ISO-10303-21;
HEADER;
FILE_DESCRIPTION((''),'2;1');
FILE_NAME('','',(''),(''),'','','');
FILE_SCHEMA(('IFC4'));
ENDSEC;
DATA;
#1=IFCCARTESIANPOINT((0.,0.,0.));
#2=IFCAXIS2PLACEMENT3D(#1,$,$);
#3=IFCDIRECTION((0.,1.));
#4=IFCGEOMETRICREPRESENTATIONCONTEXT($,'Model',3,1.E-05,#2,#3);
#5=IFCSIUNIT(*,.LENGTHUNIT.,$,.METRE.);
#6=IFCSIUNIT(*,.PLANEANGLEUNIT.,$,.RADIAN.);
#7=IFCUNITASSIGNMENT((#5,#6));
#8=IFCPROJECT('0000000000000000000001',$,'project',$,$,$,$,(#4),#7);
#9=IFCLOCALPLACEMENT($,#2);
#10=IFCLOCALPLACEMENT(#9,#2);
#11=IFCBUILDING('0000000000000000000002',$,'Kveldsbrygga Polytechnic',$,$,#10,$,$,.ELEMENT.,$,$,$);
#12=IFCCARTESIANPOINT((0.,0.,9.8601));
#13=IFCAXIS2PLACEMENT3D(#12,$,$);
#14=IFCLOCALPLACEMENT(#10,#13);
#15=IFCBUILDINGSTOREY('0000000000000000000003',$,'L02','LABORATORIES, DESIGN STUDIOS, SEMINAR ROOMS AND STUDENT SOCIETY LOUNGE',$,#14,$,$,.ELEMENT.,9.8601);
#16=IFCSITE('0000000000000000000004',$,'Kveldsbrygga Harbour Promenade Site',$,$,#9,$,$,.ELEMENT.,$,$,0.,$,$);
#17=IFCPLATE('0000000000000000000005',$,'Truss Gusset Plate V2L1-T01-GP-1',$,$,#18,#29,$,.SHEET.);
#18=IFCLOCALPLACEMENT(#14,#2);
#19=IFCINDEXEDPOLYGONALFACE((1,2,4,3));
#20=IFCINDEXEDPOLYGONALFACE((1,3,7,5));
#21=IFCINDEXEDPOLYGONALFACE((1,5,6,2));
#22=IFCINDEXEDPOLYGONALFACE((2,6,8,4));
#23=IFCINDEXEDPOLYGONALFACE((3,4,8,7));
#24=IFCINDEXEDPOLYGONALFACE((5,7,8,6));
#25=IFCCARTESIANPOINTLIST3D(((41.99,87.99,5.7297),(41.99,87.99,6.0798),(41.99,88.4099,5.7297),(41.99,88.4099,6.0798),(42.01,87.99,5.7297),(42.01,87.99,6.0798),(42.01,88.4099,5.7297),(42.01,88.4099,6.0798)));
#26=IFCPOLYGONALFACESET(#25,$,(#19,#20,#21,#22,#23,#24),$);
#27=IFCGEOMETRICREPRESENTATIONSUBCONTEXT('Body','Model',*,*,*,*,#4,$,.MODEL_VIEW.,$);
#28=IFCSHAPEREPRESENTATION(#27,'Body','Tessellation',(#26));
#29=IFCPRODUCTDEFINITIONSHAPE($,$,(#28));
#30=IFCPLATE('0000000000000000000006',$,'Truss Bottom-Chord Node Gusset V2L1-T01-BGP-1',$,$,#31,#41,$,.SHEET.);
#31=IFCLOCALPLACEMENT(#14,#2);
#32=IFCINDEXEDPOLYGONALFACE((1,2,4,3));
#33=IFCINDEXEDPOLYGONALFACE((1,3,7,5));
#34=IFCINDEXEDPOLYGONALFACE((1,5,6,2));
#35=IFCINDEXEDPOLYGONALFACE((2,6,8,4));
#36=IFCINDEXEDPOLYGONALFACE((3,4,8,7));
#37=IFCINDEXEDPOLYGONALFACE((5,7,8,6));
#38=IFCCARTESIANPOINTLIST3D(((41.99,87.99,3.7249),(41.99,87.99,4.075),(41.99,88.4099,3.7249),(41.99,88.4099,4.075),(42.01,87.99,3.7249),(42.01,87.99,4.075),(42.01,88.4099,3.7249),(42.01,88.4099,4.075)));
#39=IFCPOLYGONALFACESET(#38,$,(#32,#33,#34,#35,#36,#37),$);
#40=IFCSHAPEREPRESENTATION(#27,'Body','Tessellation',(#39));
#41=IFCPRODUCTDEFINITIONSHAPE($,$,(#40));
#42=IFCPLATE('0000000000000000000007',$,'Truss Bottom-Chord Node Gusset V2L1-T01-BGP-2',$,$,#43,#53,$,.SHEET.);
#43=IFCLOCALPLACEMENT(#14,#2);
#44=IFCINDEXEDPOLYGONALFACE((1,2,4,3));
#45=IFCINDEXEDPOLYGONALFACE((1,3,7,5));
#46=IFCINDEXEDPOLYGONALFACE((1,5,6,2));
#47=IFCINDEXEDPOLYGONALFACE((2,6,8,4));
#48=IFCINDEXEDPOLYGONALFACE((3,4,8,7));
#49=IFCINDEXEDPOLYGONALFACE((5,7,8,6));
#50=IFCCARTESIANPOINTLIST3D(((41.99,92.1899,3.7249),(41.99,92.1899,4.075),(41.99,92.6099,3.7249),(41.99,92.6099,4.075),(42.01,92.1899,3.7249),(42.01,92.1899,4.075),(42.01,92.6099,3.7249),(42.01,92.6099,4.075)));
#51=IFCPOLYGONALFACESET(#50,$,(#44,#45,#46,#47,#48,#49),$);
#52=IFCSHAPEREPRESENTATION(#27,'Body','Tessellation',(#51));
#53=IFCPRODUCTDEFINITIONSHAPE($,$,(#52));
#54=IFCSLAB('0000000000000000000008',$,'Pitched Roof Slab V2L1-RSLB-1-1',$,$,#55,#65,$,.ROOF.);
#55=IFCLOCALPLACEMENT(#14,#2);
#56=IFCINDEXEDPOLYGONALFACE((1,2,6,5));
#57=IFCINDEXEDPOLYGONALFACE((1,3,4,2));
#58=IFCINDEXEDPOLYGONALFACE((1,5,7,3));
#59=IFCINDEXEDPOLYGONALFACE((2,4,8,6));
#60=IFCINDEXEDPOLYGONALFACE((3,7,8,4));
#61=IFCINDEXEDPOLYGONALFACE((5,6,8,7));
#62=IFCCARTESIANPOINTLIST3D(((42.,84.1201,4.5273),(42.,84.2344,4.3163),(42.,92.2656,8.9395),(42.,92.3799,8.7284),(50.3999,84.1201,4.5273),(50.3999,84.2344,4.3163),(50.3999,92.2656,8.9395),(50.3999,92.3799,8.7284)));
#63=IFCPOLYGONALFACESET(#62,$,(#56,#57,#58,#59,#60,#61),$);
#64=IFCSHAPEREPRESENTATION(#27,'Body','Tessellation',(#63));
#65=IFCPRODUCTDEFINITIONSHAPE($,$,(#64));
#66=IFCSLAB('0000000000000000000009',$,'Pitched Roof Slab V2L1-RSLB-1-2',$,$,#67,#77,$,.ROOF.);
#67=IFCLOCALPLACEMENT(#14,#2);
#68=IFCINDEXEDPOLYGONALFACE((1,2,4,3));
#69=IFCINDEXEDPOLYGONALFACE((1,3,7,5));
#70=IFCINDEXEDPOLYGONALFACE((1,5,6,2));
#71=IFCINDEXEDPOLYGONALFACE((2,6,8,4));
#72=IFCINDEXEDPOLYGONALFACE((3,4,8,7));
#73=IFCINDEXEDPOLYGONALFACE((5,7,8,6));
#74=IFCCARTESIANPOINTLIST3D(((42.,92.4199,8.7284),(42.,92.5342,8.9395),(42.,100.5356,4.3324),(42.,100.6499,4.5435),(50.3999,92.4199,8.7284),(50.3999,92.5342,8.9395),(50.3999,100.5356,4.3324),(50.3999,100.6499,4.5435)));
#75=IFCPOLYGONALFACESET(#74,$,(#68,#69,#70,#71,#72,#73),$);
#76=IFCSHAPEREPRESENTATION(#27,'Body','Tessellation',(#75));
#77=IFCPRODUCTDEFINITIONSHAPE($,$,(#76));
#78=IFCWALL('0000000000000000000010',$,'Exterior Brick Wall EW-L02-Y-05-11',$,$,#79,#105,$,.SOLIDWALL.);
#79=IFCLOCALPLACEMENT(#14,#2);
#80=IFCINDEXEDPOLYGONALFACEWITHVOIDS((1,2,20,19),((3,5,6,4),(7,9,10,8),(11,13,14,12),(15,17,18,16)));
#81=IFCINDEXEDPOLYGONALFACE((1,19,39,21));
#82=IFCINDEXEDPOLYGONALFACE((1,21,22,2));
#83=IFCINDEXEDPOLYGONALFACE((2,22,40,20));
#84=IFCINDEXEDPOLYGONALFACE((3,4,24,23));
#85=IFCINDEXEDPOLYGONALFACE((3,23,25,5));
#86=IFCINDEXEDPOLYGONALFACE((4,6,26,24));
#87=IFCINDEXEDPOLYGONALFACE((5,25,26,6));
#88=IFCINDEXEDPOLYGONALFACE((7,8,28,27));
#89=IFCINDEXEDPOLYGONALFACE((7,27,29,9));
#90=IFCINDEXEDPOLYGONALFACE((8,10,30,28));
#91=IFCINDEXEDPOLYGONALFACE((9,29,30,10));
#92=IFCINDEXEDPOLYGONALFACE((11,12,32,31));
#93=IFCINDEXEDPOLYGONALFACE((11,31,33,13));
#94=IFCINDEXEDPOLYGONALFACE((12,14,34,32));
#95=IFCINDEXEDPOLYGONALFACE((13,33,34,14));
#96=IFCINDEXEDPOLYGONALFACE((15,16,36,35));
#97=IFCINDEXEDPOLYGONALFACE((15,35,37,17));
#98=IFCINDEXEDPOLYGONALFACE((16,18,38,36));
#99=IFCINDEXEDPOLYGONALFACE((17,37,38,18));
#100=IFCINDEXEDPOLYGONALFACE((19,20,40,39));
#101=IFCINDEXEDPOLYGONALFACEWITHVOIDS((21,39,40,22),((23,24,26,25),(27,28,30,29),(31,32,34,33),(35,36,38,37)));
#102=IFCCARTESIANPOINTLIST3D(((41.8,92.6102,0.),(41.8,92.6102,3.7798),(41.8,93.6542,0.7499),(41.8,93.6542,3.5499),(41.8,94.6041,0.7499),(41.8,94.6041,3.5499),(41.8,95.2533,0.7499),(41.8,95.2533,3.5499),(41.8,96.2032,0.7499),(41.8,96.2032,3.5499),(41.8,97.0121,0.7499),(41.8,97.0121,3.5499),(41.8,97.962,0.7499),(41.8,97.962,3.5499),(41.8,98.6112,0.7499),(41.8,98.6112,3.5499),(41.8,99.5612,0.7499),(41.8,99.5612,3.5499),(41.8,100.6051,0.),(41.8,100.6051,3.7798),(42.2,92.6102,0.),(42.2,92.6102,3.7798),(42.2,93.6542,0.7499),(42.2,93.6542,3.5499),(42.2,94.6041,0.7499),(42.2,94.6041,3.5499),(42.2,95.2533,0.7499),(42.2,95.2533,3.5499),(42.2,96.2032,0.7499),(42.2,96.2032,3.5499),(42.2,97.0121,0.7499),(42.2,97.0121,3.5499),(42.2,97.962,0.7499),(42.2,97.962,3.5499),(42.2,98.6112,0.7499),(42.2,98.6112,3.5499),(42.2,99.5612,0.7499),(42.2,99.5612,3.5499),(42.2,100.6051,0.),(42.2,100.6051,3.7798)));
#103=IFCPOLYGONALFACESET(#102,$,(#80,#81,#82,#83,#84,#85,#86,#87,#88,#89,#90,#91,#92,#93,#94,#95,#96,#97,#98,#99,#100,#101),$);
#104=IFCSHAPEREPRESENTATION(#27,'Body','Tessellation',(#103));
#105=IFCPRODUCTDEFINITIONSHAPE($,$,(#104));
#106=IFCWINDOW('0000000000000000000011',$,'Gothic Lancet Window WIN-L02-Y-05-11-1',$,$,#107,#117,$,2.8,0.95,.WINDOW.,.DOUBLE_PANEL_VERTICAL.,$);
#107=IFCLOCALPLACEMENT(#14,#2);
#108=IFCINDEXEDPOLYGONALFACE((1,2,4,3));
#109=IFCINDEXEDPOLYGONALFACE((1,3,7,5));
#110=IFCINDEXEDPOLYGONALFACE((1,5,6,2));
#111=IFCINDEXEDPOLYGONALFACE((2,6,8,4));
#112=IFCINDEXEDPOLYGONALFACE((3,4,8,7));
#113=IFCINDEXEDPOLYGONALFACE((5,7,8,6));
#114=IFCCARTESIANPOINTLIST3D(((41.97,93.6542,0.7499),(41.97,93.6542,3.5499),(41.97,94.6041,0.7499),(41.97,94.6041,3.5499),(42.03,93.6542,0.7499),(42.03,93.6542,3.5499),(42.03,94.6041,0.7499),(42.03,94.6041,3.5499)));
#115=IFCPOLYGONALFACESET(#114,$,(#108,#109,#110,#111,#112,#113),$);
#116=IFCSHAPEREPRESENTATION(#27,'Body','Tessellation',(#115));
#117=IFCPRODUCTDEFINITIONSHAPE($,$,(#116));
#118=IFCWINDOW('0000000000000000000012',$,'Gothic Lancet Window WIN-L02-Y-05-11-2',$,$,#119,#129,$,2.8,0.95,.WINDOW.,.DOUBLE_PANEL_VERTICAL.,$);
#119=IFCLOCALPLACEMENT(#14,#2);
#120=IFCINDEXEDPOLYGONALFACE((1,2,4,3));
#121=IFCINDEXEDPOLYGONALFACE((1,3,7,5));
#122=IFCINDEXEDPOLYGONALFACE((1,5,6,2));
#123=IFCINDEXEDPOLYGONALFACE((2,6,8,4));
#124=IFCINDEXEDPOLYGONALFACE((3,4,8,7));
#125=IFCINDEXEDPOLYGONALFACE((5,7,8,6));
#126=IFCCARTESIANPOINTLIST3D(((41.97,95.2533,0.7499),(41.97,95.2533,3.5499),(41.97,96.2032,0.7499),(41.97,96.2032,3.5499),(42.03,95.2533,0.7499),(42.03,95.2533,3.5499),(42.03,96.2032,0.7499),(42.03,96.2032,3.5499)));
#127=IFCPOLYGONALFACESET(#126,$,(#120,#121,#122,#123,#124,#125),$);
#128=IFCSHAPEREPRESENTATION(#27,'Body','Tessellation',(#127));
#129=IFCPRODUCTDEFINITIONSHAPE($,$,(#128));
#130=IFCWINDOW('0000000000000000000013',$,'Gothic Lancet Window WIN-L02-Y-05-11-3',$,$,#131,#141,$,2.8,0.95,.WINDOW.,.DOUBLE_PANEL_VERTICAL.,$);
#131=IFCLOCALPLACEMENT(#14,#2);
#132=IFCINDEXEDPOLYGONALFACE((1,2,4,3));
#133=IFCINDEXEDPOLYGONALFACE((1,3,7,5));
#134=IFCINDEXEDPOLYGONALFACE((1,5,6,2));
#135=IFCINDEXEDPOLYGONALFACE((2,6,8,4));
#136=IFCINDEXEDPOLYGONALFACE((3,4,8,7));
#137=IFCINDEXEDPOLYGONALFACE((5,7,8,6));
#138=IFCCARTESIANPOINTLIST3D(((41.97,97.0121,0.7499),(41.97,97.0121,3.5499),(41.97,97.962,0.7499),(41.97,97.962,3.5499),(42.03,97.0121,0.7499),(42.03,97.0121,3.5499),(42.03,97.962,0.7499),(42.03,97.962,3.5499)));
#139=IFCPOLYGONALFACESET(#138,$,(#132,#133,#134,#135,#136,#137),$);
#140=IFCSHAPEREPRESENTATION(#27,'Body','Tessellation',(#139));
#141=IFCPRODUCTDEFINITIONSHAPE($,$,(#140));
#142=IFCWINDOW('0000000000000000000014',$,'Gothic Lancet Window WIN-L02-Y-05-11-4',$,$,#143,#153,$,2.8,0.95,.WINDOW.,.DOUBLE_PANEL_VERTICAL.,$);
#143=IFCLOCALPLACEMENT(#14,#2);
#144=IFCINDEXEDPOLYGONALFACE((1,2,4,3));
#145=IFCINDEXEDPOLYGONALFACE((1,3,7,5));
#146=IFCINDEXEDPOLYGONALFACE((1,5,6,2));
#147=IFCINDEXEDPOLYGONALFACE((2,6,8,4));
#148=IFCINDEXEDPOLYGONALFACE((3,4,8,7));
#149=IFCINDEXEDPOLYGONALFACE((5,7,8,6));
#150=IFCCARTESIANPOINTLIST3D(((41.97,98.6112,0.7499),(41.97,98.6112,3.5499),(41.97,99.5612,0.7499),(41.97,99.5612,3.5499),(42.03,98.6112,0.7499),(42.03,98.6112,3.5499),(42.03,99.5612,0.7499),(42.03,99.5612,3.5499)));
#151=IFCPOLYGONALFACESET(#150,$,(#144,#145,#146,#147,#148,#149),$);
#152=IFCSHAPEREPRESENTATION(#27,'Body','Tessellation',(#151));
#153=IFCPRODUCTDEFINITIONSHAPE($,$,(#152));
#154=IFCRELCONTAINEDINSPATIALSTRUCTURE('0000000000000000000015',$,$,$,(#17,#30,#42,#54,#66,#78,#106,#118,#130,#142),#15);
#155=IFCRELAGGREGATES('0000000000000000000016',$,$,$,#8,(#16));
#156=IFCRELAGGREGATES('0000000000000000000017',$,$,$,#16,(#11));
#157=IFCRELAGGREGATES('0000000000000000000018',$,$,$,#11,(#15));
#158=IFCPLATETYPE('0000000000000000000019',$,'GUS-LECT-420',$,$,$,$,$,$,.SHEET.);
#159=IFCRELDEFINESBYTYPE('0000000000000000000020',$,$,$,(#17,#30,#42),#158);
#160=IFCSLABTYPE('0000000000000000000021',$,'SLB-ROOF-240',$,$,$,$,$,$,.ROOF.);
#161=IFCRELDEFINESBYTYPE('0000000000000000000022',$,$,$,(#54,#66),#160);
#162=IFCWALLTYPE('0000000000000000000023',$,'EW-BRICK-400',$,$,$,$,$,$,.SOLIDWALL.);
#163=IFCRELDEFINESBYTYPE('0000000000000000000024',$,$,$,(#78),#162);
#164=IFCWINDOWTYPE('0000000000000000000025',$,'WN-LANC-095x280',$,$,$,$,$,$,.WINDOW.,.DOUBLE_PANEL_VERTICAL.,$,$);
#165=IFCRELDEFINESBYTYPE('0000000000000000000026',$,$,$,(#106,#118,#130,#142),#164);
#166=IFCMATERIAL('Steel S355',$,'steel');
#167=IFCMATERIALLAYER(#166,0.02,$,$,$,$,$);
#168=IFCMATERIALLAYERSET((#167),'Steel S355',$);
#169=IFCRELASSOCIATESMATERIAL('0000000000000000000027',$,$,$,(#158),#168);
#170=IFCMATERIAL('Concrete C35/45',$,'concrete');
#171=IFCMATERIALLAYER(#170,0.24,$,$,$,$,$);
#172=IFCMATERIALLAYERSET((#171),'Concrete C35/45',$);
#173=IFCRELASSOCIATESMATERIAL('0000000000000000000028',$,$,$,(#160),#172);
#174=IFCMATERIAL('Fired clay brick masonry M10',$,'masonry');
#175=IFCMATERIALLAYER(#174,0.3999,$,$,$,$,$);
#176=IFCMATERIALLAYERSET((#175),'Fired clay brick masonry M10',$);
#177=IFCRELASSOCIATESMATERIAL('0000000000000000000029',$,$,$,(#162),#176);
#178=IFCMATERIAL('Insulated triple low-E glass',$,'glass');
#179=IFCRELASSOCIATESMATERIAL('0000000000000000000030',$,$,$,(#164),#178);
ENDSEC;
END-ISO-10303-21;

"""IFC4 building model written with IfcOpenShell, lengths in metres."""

from ifc_helpers import new_model, si_unit, direction, frame, frame_2d, origin, origin_2d, place, context, subcontext, project, spatial, polyline, rectangle, outline, extrude, material, layer, layer_set, type_object, element, fill, save


model = new_model("IFC4")

# Units and contexts
model_context = context("Model", 3, precision=1e-05, world=origin(), true_north=direction((0.0, 1.0)))
body_context = subcontext(model_context, "Body", "Model", "MODEL_VIEW")
ifc_project = project(units=[si_unit("LENGTHUNIT", "METRE"), si_unit("PLANEANGLEUNIT", "RADIAN")], contexts=[model_context])

# Site, building, storey
site_placement = place(None, origin())
site = spatial("IfcSite", under=ifc_project, at=site_placement, Name="Kveldsbrygga Harbour Promenade Site", CompositionType="ELEMENT", RefElevation=0.0)
building_placement = place(site_placement, origin())
building = spatial("IfcBuilding", under=site, at=building_placement, Name="Kveldsbrygga Polytechnic", CompositionType="ELEMENT")
storey_placement = place(building_placement, frame((0.0, 0.0, 9.8601)))
storey = spatial("IfcBuildingStorey", under=building, at=storey_placement, Name="L02", Description="LABORATORIES, DESIGN STUDIOS, SEMINAR ROOMS AND STUDENT SOCIETY LOUNGE", CompositionType="ELEMENT", Elevation=9.8601)

# Shared definitions
ifc_material_1 = material(Name="Steel S355", Category="steel")

# Plates
ifc_layer_1 = layer(ifc_material_1, 0.02)
ifc_layer_set_1 = layer_set([ifc_layer_1], Name="Steel S355")
plate_type_1 = type_object("IfcPlateType", Name="GUS-LECT-420", PredefinedType="SHEET", material=ifc_layer_set_1)
for number, where, z_axis, x_axis, name in (
    (1, (42.0, 88.2, 5.7297), (0.0, 0.0, 1.0), (1.0, 0.0, 0.0), "Truss Gusset Plate V2L1-T01-GP-1"),
    (2, (42.0, 88.2, 3.7249), (0.0, 0.0, 1.0), (1.0, 0.0, 0.0), "Truss Bottom-Chord Node Gusset V2L1-T01-BGP-1"),
    (3, (42.0, 92.3999, 3.7249), (0.0, 0.0, 1.0), (1.0, 0.0, 0.0), "Truss Bottom-Chord Node Gusset V2L1-T01-BGP-2"),
):
    element("IfcPlate", number, at=place(storey_placement, frame(where, z_axis=z_axis, x_axis=x_axis)), inside=storey, type_object=plate_type_1, Name=name, PredefinedType="SHEET", context=body_context, shape_type="SweptSolid", body=[
        extrude(rectangle(XDim=0.02, YDim=0.4199, at=origin_2d()), origin(), (0.0, 0.0, 1.0), 0.3501),
    ])

# Slabs
ifc_material_2 = material(Name="Concrete C35/45", Category="concrete")
ifc_layer_2 = layer(ifc_material_2, 0.24)
ifc_layer_set_2 = layer_set([ifc_layer_2], Name="Concrete C35/45")
slab_type = type_object("IfcSlabType", Name="SLB-ROOF-240", PredefinedType="ROOF", material=ifc_layer_set_2)
slab_1_placement = place(storey_placement, frame((42.0, 84.1201, 4.5273), z_axis=(0.0, -0.47628, 0.879294), x_axis=(1.0, 0.0, 0.0)))
element("IfcSlab", 4, at=slab_1_placement, inside=storey, type_object=slab_type, Name="Pitched Roof Slab V2L1-RSLB-1-1", PredefinedType="ROOF", context=body_context, shape_type="SweptSolid", body=[
    extrude(outline(polyline([(0.0, 0.0), (8.3999, 0.0), (8.3999, 9.2637), (0.0, 9.2637), (0.0, 0.0)])), origin(), (0.0, 0.0, -1.0), 0.24),
])
slab_2_placement = place(storey_placement, frame((42.0, 92.5342, 8.9395), z_axis=(0.0, 0.476281, 0.879293), x_axis=(1.0, 0.0, 0.0)))
element("IfcSlab", 5, at=slab_2_placement, inside=storey, type_object=slab_type, Name="Pitched Roof Slab V2L1-RSLB-1-2", PredefinedType="ROOF", context=body_context, shape_type="SweptSolid", body=[
    extrude(outline(polyline([(0.0, 0.0), (8.3999, 0.0), (8.3999, 9.2298), (0.0, 9.2298), (0.0, 0.0)])), origin(), (0.0, 0.0, -1.0), 0.24),
])

# Wall, openings, windows
ifc_material_3 = material(Name="Fired clay brick masonry M10", Category="masonry")
ifc_layer_3 = layer(ifc_material_3, 0.3999)
ifc_layer_set_3 = layer_set([ifc_layer_3], Name="Fired clay brick masonry M10")
wall_type = type_object("IfcWallType", Name="EW-BRICK-400", PredefinedType="SOLIDWALL", material=ifc_layer_set_3)
wall_placement = place(storey_placement, frame((42.0, 92.6101, 0.0), z_axis=(0.0, 0.0, 1.0), x_axis=(0.0, 1.0, 0.0)))
wall = element("IfcWall", 6, at=wall_placement, inside=storey, type_object=wall_type, Name="Exterior Brick Wall EW-L02-Y-05-11", PredefinedType="SOLIDWALL", context=body_context, shape_type="SweptSolid", body=[
    extrude(rectangle(XDim=7.9949, YDim=0.3999, at=frame_2d((3.9976, 0.0))), origin(), (0.0, 0.0, 1.0), 3.7798),
])
opening_1_placement = place(wall_placement, frame((1.0439, 0.0, 0.75)))
opening_1 = element("IfcOpeningElement", 7, at=opening_1_placement, cuts=wall, PredefinedType="OPENING", context=body_context, shape_type="SweptSolid", body=[
    extrude(rectangle(XDim=0.95, YDim=2.8, at=frame_2d((0.4751, 1.3999))), frame((0.0, 0.21, 0.0), z_axis=(0.0, -1.0, 0.0), x_axis=(1.0, 0.0, 0.0)), (0.0, 0.0, 1.0), 0.4199),
])
opening_2_placement = place(wall_placement, frame((2.6431, 0.0, 0.75)))
opening_2 = element("IfcOpeningElement", 8, at=opening_2_placement, cuts=wall, PredefinedType="OPENING", context=body_context, shape_type="SweptSolid", body=[
    extrude(rectangle(XDim=0.95, YDim=2.8, at=frame_2d((0.4751, 1.3999))), frame((0.0, 0.21, 0.0), z_axis=(0.0, -1.0, 0.0), x_axis=(1.0, 0.0, 0.0)), (0.0, 0.0, 1.0), 0.4199),
])
opening_3_placement = place(wall_placement, frame((4.4019, 0.0, 0.75)))
opening_3 = element("IfcOpeningElement", 9, at=opening_3_placement, cuts=wall, PredefinedType="OPENING", context=body_context, shape_type="SweptSolid", body=[
    extrude(rectangle(XDim=0.95, YDim=2.8, at=frame_2d((0.4751, 1.3999))), frame((0.0, 0.21, 0.0), z_axis=(0.0, -1.0, 0.0), x_axis=(1.0, 0.0, 0.0)), (0.0, 0.0, 1.0), 0.4199),
])
opening_4_placement = place(wall_placement, frame((6.001, 0.0, 0.75)))
opening_4 = element("IfcOpeningElement", 10, at=opening_4_placement, cuts=wall, PredefinedType="OPENING", context=body_context, shape_type="SweptSolid", body=[
    extrude(rectangle(XDim=0.95, YDim=2.8, at=frame_2d((0.4751, 1.3999))), frame((0.0, 0.21, 0.0), z_axis=(0.0, -1.0, 0.0), x_axis=(1.0, 0.0, 0.0)), (0.0, 0.0, 1.0), 0.4199),
])
ifc_material_4 = material(Name="Insulated triple low-E glass", Category="glass")
window_type = type_object("IfcWindowType", Name="WN-LANC-095x280", PartitioningType="DOUBLE_PANEL_VERTICAL", PredefinedType="WINDOW", material=ifc_material_4)
window_1_placement = place(opening_1_placement, origin())
window_1 = element("IfcWindow", 11, at=window_1_placement, inside=storey, type_object=window_type, Name="Gothic Lancet Window WIN-L02-Y-05-11-1", OverallHeight=2.8, OverallWidth=0.95, PartitioningType="DOUBLE_PANEL_VERTICAL", PredefinedType="WINDOW", context=body_context, shape_type="SweptSolid", body=[
    extrude(rectangle(XDim=0.95, YDim=2.8, at=frame_2d((0.4751, 1.3999))), frame((0.0, 0.03, 0.0), z_axis=(0.0, -1.0, 0.0), x_axis=(1.0, 0.0, 0.0)), (0.0, 0.0, 1.0), 0.0601),
])
fill(opening_1, window_1)
window_2_placement = place(opening_2_placement, origin())
window_2 = element("IfcWindow", 12, at=window_2_placement, inside=storey, type_object=window_type, Name="Gothic Lancet Window WIN-L02-Y-05-11-2", OverallHeight=2.8, OverallWidth=0.95, PartitioningType="DOUBLE_PANEL_VERTICAL", PredefinedType="WINDOW", context=body_context, shape_type="SweptSolid", body=[
    extrude(rectangle(XDim=0.95, YDim=2.8, at=frame_2d((0.4751, 1.3999))), frame((0.0, 0.03, 0.0), z_axis=(0.0, -1.0, 0.0), x_axis=(1.0, 0.0, 0.0)), (0.0, 0.0, 1.0), 0.0601),
])
fill(opening_2, window_2)
window_3_placement = place(opening_3_placement, origin())
window_3 = element("IfcWindow", 13, at=window_3_placement, inside=storey, type_object=window_type, Name="Gothic Lancet Window WIN-L02-Y-05-11-3", OverallHeight=2.8, OverallWidth=0.95, PartitioningType="DOUBLE_PANEL_VERTICAL", PredefinedType="WINDOW", context=body_context, shape_type="SweptSolid", body=[
    extrude(rectangle(XDim=0.95, YDim=2.8, at=frame_2d((0.4751, 1.3999))), frame((0.0, 0.03, 0.0), z_axis=(0.0, -1.0, 0.0), x_axis=(1.0, 0.0, 0.0)), (0.0, 0.0, 1.0), 0.0601),
])
fill(opening_3, window_3)
window_4_placement = place(opening_4_placement, origin())
window_4 = element("IfcWindow", 14, at=window_4_placement, inside=storey, type_object=window_type, Name="Gothic Lancet Window WIN-L02-Y-05-11-4", OverallHeight=2.8, OverallWidth=0.95, PartitioningType="DOUBLE_PANEL_VERTICAL", PredefinedType="WINDOW", context=body_context, shape_type="SweptSolid", body=[
    extrude(rectangle(XDim=0.95, YDim=2.8, at=frame_2d((0.4751, 1.3999))), frame((0.0, 0.03, 0.0), z_axis=(0.0, -1.0, 0.0), x_axis=(1.0, 0.0, 0.0)), (0.0, 0.0, 1.0), 0.0601),
])
fill(opening_4, window_4)

save(model, "model.ifc")
